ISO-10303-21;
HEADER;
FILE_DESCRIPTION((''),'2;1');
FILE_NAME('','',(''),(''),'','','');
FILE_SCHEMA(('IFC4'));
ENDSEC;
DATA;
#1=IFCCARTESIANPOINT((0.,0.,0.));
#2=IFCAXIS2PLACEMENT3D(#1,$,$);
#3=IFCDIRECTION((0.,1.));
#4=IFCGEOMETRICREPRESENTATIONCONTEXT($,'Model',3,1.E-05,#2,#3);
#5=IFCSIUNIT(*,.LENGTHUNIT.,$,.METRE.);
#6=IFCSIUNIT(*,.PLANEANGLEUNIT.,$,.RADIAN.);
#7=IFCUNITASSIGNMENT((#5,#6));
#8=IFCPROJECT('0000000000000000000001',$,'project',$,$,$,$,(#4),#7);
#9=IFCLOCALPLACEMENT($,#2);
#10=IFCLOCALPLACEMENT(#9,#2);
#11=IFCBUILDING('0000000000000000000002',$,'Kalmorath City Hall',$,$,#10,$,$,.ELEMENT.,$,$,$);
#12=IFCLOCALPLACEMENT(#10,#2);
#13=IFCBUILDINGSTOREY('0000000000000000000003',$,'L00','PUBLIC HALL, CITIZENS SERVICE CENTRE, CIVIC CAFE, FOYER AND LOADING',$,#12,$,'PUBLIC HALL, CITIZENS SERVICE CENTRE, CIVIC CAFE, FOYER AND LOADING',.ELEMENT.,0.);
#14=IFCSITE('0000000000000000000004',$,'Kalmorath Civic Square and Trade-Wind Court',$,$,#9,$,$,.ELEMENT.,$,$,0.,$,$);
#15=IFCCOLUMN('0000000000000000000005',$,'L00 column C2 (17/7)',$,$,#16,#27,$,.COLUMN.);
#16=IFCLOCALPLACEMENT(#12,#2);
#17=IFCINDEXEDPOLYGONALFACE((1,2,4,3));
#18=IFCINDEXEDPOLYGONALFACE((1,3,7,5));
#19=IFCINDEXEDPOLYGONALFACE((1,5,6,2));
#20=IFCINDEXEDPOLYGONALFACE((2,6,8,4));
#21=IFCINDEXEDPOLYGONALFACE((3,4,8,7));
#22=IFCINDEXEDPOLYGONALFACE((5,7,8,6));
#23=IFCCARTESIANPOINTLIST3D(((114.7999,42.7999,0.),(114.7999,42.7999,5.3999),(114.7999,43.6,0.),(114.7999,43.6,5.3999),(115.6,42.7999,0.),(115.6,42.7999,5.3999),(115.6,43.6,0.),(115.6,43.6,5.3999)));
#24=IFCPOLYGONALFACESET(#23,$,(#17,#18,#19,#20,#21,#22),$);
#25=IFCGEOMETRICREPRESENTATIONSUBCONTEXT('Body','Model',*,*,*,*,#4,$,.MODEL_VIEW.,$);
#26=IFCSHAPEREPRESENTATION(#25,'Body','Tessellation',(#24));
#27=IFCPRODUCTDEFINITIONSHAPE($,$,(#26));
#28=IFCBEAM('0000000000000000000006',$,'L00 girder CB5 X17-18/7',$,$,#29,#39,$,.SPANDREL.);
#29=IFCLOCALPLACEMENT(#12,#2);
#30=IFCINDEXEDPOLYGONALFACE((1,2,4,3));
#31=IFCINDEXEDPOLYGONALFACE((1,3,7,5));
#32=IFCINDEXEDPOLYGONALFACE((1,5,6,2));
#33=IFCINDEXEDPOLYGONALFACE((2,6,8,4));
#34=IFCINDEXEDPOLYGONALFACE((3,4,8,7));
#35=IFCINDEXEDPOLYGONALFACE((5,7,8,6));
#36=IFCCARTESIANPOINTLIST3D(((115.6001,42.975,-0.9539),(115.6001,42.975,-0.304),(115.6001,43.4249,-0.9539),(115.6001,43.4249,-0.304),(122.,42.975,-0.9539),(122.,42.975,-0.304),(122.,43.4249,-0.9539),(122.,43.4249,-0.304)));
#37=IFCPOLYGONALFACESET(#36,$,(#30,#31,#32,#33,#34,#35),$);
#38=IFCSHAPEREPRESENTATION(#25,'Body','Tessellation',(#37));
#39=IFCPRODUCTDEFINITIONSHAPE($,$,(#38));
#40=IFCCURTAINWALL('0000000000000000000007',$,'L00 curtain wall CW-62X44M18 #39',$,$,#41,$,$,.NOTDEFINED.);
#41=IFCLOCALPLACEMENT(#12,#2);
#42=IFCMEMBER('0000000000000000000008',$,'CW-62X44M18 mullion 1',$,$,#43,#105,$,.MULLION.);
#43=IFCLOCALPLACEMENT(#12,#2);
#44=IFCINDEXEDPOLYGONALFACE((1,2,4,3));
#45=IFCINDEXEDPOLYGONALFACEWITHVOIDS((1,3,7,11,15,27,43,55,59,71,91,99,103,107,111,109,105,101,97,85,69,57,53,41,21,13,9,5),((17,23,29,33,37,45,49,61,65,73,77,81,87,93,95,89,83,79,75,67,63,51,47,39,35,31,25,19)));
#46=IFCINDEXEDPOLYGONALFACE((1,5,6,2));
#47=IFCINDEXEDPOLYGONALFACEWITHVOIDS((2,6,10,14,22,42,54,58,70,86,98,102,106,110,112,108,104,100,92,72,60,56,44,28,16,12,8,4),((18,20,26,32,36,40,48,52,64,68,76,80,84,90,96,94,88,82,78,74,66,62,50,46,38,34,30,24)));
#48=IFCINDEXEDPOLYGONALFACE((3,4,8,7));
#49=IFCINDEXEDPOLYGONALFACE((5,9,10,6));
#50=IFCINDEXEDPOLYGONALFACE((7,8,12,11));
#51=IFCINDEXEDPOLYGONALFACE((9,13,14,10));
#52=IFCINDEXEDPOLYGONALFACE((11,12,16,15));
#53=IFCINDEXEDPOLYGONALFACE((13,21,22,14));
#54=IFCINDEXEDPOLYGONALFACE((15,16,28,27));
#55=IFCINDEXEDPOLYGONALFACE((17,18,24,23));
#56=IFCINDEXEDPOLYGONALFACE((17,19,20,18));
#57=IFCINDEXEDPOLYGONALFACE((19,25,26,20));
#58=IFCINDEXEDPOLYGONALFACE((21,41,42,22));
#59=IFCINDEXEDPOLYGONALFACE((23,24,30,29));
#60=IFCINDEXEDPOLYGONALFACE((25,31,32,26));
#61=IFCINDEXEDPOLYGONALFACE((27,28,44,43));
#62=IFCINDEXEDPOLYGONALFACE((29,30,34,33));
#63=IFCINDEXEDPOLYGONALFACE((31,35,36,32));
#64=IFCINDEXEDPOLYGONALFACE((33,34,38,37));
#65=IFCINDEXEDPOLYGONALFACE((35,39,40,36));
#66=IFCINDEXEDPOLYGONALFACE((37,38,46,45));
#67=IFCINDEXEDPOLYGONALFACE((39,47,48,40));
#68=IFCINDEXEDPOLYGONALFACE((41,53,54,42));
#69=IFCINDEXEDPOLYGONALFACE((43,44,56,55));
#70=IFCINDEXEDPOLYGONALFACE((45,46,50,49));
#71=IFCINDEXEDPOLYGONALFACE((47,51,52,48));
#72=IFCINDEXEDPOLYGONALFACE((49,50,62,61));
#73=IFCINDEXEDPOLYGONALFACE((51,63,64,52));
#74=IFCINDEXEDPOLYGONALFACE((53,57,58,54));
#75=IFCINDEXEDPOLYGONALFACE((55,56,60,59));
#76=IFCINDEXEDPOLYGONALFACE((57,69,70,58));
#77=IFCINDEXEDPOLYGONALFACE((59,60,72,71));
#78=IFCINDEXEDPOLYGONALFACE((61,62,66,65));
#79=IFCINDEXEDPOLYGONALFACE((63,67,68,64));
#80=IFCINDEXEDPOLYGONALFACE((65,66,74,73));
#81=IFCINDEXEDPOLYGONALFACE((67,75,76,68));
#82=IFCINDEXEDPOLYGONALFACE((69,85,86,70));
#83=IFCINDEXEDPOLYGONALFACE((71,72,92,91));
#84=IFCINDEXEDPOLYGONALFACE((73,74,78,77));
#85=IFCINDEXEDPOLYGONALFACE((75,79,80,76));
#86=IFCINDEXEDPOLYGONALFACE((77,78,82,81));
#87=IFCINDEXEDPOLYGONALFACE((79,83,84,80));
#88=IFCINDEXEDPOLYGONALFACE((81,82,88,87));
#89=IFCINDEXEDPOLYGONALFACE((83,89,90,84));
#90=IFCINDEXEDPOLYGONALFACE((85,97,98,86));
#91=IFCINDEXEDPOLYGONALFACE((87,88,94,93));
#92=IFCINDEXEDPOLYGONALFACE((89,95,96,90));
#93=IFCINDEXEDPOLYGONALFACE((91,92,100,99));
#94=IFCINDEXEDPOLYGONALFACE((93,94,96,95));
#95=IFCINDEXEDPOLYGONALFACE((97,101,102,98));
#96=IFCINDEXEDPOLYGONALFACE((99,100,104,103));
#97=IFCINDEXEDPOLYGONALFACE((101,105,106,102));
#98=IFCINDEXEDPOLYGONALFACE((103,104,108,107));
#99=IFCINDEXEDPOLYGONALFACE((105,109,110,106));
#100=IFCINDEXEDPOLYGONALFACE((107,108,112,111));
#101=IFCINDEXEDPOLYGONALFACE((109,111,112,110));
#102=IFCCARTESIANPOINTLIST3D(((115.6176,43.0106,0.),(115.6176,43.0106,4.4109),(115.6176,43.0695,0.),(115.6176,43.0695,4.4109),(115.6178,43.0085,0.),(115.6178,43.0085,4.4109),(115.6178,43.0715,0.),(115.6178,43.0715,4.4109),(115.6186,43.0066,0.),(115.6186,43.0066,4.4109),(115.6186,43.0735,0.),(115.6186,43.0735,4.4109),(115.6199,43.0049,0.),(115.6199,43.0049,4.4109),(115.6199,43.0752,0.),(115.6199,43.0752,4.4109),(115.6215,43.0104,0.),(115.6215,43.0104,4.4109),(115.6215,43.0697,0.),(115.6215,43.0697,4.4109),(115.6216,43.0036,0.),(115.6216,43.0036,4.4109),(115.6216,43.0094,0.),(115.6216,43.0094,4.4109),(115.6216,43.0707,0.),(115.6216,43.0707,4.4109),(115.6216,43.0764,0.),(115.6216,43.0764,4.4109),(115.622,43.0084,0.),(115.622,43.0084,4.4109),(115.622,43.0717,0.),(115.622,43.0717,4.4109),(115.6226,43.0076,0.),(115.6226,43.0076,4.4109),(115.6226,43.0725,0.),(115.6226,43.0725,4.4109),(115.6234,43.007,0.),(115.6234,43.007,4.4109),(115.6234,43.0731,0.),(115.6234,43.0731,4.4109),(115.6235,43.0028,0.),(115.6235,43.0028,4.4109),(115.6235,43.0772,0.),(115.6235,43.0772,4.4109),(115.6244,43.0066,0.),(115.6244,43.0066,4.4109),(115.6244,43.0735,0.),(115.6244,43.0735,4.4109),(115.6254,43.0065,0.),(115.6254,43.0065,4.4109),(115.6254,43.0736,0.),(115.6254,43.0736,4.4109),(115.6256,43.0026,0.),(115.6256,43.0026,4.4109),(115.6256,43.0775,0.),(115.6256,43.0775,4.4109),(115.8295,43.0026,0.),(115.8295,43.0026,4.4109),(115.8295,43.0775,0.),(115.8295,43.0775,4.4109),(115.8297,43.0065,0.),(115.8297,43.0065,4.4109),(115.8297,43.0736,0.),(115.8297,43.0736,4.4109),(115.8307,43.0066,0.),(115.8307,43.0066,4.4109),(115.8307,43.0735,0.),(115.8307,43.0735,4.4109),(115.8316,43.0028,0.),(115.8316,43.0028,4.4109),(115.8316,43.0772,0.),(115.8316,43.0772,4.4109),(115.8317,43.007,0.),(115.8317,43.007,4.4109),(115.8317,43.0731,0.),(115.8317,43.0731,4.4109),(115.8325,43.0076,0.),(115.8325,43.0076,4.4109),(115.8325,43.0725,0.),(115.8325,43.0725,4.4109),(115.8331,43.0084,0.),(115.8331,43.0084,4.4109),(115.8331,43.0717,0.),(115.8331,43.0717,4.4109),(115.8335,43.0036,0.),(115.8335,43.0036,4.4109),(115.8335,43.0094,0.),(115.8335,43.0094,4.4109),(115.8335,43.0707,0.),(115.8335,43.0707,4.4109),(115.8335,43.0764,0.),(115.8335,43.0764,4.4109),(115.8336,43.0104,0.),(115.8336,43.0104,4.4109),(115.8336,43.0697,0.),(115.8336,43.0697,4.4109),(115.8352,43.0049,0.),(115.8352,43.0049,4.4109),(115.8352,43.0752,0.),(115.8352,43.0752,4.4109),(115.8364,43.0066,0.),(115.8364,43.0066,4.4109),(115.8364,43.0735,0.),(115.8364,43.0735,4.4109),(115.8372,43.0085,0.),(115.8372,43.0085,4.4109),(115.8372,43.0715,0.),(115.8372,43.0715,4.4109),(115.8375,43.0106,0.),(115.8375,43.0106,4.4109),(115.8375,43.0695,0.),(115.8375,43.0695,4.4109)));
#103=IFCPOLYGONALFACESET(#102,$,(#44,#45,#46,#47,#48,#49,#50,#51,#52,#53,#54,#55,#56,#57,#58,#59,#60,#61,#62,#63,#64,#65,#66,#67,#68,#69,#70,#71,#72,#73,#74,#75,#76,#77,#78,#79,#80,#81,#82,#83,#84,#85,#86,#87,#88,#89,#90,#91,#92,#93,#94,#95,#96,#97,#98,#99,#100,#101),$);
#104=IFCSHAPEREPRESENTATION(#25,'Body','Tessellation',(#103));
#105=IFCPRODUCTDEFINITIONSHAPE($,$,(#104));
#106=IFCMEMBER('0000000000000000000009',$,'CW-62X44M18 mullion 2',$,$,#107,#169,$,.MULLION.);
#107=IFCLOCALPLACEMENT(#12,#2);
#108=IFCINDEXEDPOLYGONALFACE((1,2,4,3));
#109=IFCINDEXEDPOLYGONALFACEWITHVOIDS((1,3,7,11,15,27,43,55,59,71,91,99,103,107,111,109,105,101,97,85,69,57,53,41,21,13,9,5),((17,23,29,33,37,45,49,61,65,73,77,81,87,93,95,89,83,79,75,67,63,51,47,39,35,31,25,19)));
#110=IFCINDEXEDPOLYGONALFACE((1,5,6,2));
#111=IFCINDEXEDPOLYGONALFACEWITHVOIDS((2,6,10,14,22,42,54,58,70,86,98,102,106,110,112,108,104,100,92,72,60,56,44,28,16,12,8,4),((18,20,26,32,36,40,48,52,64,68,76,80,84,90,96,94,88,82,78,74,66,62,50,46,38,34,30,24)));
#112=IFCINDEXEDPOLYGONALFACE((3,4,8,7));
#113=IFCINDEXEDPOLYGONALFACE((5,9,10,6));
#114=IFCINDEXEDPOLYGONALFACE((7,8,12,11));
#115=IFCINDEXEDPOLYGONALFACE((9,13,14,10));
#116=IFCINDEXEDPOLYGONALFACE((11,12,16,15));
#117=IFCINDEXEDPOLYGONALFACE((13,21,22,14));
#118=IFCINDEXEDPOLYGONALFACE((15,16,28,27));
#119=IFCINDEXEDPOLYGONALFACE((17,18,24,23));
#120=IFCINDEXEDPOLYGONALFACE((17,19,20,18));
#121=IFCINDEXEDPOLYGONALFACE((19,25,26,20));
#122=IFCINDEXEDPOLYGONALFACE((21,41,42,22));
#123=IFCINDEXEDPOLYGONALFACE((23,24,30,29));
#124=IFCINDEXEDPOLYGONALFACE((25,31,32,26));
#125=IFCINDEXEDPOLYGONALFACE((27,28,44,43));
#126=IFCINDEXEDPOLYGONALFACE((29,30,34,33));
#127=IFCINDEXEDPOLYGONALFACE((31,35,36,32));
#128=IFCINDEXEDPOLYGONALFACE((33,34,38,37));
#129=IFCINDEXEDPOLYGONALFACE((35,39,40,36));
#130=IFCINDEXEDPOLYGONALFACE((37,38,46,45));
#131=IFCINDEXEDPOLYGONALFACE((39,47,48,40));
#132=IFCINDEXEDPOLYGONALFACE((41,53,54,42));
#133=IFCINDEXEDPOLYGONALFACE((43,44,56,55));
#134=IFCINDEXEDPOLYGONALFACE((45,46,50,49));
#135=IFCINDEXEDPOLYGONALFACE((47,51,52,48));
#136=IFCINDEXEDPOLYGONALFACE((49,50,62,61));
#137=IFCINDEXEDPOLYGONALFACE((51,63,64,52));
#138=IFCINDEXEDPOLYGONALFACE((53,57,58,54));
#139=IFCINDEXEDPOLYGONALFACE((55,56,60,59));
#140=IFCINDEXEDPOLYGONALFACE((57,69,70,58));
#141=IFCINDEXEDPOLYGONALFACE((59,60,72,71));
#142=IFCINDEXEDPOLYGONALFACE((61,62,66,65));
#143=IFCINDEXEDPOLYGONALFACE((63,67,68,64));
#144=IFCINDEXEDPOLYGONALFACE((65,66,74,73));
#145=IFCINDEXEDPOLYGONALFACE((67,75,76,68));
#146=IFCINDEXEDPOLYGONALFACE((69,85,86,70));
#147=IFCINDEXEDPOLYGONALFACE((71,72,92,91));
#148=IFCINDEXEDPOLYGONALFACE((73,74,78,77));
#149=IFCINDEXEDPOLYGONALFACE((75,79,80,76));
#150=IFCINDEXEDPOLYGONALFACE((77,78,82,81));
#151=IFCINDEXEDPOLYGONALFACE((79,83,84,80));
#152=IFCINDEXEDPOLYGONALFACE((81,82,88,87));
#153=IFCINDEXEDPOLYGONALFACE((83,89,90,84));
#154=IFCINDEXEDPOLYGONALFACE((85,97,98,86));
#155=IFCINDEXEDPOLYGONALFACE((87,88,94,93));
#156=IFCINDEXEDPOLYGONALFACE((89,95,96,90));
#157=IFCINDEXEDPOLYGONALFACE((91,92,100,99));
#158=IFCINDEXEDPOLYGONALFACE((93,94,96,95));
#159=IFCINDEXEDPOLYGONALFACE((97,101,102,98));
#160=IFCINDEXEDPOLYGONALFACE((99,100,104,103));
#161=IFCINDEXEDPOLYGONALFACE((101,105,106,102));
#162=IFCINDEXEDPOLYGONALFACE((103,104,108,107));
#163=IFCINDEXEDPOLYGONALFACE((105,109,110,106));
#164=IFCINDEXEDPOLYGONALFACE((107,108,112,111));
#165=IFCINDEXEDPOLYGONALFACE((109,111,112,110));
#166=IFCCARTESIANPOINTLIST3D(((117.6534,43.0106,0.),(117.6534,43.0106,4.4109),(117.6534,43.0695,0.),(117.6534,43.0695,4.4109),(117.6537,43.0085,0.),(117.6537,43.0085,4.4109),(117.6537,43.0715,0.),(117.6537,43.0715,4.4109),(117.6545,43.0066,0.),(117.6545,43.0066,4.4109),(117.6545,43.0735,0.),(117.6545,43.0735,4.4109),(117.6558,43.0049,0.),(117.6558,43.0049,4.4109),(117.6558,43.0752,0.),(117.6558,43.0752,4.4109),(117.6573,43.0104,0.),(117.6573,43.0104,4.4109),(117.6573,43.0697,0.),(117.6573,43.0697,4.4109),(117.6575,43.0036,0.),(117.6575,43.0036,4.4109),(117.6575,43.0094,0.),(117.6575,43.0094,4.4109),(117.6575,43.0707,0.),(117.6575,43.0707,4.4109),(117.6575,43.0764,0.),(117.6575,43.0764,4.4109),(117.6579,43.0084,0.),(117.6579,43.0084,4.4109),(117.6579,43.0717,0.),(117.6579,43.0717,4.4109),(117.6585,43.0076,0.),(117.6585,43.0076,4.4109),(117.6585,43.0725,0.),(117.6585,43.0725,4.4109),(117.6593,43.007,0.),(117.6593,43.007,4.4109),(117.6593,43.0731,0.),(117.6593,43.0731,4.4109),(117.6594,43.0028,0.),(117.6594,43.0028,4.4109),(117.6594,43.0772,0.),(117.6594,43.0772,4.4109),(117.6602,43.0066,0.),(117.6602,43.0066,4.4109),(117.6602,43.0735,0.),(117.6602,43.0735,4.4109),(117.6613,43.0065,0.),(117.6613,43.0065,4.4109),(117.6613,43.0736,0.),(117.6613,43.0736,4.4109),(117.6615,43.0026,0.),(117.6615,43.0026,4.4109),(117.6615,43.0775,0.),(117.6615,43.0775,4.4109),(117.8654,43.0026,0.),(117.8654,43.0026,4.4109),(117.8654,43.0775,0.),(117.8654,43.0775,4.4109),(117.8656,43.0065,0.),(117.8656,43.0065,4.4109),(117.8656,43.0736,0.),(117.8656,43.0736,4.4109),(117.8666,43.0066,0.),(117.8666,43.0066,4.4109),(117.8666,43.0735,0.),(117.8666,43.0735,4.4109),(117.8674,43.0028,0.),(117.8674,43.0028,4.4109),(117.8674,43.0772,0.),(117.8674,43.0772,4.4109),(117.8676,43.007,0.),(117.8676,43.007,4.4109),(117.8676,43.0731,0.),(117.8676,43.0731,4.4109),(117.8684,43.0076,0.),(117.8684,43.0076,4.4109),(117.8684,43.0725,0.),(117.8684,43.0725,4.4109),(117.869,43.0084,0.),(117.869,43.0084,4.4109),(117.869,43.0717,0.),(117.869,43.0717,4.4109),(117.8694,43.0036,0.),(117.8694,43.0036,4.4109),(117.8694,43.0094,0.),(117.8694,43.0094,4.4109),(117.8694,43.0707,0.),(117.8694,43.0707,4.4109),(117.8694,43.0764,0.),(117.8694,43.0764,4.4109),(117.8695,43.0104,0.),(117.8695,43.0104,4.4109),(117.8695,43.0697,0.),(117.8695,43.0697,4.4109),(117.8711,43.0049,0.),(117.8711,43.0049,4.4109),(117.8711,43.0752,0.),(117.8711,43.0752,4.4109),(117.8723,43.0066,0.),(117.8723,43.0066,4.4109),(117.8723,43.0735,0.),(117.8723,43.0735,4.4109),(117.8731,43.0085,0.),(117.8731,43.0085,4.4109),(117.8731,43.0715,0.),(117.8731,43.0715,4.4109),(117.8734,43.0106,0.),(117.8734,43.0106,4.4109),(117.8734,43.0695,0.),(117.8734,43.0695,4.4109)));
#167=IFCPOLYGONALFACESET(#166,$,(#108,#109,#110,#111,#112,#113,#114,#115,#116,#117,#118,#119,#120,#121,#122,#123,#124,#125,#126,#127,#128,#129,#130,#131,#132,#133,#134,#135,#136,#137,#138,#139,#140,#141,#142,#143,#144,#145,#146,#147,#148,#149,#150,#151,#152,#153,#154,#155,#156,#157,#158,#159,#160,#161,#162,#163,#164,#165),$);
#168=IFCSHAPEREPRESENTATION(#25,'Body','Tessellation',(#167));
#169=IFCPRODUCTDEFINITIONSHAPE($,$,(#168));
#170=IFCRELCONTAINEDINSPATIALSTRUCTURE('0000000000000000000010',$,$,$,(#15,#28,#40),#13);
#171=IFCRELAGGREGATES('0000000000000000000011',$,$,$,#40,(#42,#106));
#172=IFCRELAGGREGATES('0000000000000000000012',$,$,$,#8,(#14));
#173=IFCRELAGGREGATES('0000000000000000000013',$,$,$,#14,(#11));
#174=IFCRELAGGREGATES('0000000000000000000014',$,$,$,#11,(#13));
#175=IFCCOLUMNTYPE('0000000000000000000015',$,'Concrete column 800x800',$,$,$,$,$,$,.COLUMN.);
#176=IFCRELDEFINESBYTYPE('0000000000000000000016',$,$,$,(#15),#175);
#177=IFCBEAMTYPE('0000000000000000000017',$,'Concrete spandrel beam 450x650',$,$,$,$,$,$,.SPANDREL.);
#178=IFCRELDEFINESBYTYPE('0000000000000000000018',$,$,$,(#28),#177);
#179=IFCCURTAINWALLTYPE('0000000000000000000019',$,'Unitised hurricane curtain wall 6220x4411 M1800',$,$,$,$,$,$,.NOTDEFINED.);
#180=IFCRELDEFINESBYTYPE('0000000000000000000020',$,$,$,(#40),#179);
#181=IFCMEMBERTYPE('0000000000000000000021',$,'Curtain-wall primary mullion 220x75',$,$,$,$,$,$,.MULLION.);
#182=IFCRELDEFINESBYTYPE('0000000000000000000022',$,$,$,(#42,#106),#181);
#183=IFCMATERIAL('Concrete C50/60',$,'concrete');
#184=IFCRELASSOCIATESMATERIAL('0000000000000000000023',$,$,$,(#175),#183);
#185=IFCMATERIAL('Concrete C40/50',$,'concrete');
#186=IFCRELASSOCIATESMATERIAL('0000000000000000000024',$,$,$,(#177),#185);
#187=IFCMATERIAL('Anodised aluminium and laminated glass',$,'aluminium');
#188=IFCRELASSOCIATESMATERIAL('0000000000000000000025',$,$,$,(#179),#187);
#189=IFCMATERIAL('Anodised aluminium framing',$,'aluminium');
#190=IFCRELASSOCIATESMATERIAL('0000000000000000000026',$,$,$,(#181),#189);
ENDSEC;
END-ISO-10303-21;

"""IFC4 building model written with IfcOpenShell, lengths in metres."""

from ifc_helpers import new_model, si_unit, direction, frame, origin, origin_2d, place, context, subcontext, project, spatial, rectangle, hollow_rectangle, extrude, material, material_profile, profile_set, type_object, element, aggregate, save


model = new_model("IFC4")

# Units and contexts
model_context = context("Model", 3, precision=1e-05, world=origin(), true_north=direction((0.0, 1.0)))
body_context = subcontext(model_context, "Body", "Model", "MODEL_VIEW")
ifc_project = project(units=[si_unit("LENGTHUNIT", "METRE"), si_unit("PLANEANGLEUNIT", "RADIAN")], contexts=[model_context])

# Site, building, storey
site_placement = place(None, origin())
site = spatial("IfcSite", under=ifc_project, at=site_placement, Name="Kalmorath Civic Square and Trade-Wind Court", CompositionType="ELEMENT", RefElevation=0.0)
building_placement = place(site_placement, origin())
building = spatial("IfcBuilding", under=site, at=building_placement, Name="Kalmorath City Hall", CompositionType="ELEMENT")
storey_placement = place(building_placement, origin())
storey = spatial("IfcBuildingStorey", under=building, at=storey_placement, Name="L00", Description="PUBLIC HALL, CITIZENS SERVICE CENTRE, CIVIC CAFE, FOYER AND LOADING", LongName="PUBLIC HALL, CITIZENS SERVICE CENTRE, CIVIC CAFE, FOYER AND LOADING", CompositionType="ELEMENT", Elevation=0.0)

# Column
ifc_material_1 = material(Name="Concrete C50/60", Category="concrete")
ifc_material_profile_1 = material_profile(ifc_material_1, rectangle(XDim=0.8, YDim=0.8, at=origin_2d()), Name="RC-COL-800X800")
ifc_profile_set_1 = profile_set([ifc_material_profile_1], Name="Concrete C50/60")
column_type = type_object("IfcColumnType", Name="Concrete column 800x800", PredefinedType="COLUMN", material=ifc_profile_set_1)
column_placement = place(storey_placement, frame((115.2, 43.2, 0.0), z_axis=(0.0, 0.0, 1.0), x_axis=(1.0, 0.0, 0.0)))
element("IfcColumn", 1, at=column_placement, inside=storey, type_object=column_type, Name="L00 column C2 (17/7)", PredefinedType="COLUMN", context=body_context, shape_type="SweptSolid", body=[
    extrude(rectangle(XDim=0.8, YDim=0.8, at=origin_2d()), origin(), (0.0, 0.0, 1.0), 5.3999),
])

# Beam
ifc_material_2 = material(Name="Concrete C40/50", Category="concrete")
ifc_material_profile_2 = material_profile(ifc_material_2, rectangle(XDim=0.45, YDim=0.6499, at=origin_2d()), Name="RC-BM-450X650")
ifc_profile_set_2 = profile_set([ifc_material_profile_2], Name="Concrete C40/50")
beam_type = type_object("IfcBeamType", Name="Concrete spandrel beam 450x650", PredefinedType="SPANDREL", material=ifc_profile_set_2)
beam_placement = place(storey_placement, frame((115.6001, 43.2, -0.6289), z_axis=(1.0, 0.0, 0.0), x_axis=(0.0, 1.0, 0.0)))
element("IfcBeam", 2, at=beam_placement, inside=storey, type_object=beam_type, Name="L00 girder CB5 X17-18/7", PredefinedType="SPANDREL", context=body_context, shape_type="SweptSolid", body=[
    extrude(rectangle(XDim=0.45, YDim=0.6499, at=origin_2d()), origin(), (0.0, 0.0, 1.0), 6.3999),
])

# Curtain wall, members
ifc_material_3 = material(Name="Anodised aluminium and laminated glass", Category="aluminium")
curtain_wall_type = type_object("IfcCurtainWallType", Name="Unitised hurricane curtain wall 6220x4411 M1800", PredefinedType="NOTDEFINED", material=ifc_material_3)
curtain_wall_placement = place(storey_placement, origin())
curtain_wall = element("IfcCurtainWall", 3, at=curtain_wall_placement, inside=storey, type_object=curtain_wall_type, Name="L00 curtain wall CW-62X44M18 #39", PredefinedType="NOTDEFINED")
ifc_material_4 = material(Name="Anodised aluminium framing", Category="aluminium")
ifc_material_profile_3 = material_profile(ifc_material_4, hollow_rectangle(XDim=0.075, YDim=0.22, WallThickness=0.0039, InnerFilletRadius=0.0039, OuterFilletRadius=0.0081, at=origin_2d()), Name="ALU-MUL-220X75X4")
ifc_profile_set_3 = profile_set([ifc_material_profile_3], Name="Anodised aluminium framing")
member_type_1 = type_object("IfcMemberType", Name="Curtain-wall primary mullion 220x75", PredefinedType="MULLION", material=ifc_profile_set_3)
member_1_placement = place(storey_placement, frame((115.7275, 43.04, 0.0), z_axis=(0.0, 0.0, 1.0), x_axis=(0.0, 1.0, 0.0)))
member_1 = element("IfcMember", 4, at=member_1_placement, type_object=member_type_1, Name="CW-62X44M18 mullion 1", PredefinedType="MULLION", context=body_context, shape_type="SweptSolid", body=[
    extrude(hollow_rectangle(XDim=0.075, YDim=0.22, WallThickness=0.0039, InnerFilletRadius=0.0039, OuterFilletRadius=0.0081, at=origin_2d()), origin(), (0.0, 0.0, 1.0), 4.4109),
])
member_2_placement = place(storey_placement, frame((117.7634, 43.04, 0.0), z_axis=(0.0, 0.0, 1.0), x_axis=(0.0, 1.0, 0.0)))
member_2 = element("IfcMember", 5, at=member_2_placement, type_object=member_type_1, Name="CW-62X44M18 mullion 2", PredefinedType="MULLION", context=body_context, shape_type="SweptSolid", body=[
    extrude(hollow_rectangle(XDim=0.075, YDim=0.22, WallThickness=0.0039, InnerFilletRadius=0.0039, OuterFilletRadius=0.0081, at=origin_2d()), origin(), (0.0, 0.0, 1.0), 4.4109),
])
aggregate(curtain_wall, [member_1, member_2])

save(model, "model.ifc")
